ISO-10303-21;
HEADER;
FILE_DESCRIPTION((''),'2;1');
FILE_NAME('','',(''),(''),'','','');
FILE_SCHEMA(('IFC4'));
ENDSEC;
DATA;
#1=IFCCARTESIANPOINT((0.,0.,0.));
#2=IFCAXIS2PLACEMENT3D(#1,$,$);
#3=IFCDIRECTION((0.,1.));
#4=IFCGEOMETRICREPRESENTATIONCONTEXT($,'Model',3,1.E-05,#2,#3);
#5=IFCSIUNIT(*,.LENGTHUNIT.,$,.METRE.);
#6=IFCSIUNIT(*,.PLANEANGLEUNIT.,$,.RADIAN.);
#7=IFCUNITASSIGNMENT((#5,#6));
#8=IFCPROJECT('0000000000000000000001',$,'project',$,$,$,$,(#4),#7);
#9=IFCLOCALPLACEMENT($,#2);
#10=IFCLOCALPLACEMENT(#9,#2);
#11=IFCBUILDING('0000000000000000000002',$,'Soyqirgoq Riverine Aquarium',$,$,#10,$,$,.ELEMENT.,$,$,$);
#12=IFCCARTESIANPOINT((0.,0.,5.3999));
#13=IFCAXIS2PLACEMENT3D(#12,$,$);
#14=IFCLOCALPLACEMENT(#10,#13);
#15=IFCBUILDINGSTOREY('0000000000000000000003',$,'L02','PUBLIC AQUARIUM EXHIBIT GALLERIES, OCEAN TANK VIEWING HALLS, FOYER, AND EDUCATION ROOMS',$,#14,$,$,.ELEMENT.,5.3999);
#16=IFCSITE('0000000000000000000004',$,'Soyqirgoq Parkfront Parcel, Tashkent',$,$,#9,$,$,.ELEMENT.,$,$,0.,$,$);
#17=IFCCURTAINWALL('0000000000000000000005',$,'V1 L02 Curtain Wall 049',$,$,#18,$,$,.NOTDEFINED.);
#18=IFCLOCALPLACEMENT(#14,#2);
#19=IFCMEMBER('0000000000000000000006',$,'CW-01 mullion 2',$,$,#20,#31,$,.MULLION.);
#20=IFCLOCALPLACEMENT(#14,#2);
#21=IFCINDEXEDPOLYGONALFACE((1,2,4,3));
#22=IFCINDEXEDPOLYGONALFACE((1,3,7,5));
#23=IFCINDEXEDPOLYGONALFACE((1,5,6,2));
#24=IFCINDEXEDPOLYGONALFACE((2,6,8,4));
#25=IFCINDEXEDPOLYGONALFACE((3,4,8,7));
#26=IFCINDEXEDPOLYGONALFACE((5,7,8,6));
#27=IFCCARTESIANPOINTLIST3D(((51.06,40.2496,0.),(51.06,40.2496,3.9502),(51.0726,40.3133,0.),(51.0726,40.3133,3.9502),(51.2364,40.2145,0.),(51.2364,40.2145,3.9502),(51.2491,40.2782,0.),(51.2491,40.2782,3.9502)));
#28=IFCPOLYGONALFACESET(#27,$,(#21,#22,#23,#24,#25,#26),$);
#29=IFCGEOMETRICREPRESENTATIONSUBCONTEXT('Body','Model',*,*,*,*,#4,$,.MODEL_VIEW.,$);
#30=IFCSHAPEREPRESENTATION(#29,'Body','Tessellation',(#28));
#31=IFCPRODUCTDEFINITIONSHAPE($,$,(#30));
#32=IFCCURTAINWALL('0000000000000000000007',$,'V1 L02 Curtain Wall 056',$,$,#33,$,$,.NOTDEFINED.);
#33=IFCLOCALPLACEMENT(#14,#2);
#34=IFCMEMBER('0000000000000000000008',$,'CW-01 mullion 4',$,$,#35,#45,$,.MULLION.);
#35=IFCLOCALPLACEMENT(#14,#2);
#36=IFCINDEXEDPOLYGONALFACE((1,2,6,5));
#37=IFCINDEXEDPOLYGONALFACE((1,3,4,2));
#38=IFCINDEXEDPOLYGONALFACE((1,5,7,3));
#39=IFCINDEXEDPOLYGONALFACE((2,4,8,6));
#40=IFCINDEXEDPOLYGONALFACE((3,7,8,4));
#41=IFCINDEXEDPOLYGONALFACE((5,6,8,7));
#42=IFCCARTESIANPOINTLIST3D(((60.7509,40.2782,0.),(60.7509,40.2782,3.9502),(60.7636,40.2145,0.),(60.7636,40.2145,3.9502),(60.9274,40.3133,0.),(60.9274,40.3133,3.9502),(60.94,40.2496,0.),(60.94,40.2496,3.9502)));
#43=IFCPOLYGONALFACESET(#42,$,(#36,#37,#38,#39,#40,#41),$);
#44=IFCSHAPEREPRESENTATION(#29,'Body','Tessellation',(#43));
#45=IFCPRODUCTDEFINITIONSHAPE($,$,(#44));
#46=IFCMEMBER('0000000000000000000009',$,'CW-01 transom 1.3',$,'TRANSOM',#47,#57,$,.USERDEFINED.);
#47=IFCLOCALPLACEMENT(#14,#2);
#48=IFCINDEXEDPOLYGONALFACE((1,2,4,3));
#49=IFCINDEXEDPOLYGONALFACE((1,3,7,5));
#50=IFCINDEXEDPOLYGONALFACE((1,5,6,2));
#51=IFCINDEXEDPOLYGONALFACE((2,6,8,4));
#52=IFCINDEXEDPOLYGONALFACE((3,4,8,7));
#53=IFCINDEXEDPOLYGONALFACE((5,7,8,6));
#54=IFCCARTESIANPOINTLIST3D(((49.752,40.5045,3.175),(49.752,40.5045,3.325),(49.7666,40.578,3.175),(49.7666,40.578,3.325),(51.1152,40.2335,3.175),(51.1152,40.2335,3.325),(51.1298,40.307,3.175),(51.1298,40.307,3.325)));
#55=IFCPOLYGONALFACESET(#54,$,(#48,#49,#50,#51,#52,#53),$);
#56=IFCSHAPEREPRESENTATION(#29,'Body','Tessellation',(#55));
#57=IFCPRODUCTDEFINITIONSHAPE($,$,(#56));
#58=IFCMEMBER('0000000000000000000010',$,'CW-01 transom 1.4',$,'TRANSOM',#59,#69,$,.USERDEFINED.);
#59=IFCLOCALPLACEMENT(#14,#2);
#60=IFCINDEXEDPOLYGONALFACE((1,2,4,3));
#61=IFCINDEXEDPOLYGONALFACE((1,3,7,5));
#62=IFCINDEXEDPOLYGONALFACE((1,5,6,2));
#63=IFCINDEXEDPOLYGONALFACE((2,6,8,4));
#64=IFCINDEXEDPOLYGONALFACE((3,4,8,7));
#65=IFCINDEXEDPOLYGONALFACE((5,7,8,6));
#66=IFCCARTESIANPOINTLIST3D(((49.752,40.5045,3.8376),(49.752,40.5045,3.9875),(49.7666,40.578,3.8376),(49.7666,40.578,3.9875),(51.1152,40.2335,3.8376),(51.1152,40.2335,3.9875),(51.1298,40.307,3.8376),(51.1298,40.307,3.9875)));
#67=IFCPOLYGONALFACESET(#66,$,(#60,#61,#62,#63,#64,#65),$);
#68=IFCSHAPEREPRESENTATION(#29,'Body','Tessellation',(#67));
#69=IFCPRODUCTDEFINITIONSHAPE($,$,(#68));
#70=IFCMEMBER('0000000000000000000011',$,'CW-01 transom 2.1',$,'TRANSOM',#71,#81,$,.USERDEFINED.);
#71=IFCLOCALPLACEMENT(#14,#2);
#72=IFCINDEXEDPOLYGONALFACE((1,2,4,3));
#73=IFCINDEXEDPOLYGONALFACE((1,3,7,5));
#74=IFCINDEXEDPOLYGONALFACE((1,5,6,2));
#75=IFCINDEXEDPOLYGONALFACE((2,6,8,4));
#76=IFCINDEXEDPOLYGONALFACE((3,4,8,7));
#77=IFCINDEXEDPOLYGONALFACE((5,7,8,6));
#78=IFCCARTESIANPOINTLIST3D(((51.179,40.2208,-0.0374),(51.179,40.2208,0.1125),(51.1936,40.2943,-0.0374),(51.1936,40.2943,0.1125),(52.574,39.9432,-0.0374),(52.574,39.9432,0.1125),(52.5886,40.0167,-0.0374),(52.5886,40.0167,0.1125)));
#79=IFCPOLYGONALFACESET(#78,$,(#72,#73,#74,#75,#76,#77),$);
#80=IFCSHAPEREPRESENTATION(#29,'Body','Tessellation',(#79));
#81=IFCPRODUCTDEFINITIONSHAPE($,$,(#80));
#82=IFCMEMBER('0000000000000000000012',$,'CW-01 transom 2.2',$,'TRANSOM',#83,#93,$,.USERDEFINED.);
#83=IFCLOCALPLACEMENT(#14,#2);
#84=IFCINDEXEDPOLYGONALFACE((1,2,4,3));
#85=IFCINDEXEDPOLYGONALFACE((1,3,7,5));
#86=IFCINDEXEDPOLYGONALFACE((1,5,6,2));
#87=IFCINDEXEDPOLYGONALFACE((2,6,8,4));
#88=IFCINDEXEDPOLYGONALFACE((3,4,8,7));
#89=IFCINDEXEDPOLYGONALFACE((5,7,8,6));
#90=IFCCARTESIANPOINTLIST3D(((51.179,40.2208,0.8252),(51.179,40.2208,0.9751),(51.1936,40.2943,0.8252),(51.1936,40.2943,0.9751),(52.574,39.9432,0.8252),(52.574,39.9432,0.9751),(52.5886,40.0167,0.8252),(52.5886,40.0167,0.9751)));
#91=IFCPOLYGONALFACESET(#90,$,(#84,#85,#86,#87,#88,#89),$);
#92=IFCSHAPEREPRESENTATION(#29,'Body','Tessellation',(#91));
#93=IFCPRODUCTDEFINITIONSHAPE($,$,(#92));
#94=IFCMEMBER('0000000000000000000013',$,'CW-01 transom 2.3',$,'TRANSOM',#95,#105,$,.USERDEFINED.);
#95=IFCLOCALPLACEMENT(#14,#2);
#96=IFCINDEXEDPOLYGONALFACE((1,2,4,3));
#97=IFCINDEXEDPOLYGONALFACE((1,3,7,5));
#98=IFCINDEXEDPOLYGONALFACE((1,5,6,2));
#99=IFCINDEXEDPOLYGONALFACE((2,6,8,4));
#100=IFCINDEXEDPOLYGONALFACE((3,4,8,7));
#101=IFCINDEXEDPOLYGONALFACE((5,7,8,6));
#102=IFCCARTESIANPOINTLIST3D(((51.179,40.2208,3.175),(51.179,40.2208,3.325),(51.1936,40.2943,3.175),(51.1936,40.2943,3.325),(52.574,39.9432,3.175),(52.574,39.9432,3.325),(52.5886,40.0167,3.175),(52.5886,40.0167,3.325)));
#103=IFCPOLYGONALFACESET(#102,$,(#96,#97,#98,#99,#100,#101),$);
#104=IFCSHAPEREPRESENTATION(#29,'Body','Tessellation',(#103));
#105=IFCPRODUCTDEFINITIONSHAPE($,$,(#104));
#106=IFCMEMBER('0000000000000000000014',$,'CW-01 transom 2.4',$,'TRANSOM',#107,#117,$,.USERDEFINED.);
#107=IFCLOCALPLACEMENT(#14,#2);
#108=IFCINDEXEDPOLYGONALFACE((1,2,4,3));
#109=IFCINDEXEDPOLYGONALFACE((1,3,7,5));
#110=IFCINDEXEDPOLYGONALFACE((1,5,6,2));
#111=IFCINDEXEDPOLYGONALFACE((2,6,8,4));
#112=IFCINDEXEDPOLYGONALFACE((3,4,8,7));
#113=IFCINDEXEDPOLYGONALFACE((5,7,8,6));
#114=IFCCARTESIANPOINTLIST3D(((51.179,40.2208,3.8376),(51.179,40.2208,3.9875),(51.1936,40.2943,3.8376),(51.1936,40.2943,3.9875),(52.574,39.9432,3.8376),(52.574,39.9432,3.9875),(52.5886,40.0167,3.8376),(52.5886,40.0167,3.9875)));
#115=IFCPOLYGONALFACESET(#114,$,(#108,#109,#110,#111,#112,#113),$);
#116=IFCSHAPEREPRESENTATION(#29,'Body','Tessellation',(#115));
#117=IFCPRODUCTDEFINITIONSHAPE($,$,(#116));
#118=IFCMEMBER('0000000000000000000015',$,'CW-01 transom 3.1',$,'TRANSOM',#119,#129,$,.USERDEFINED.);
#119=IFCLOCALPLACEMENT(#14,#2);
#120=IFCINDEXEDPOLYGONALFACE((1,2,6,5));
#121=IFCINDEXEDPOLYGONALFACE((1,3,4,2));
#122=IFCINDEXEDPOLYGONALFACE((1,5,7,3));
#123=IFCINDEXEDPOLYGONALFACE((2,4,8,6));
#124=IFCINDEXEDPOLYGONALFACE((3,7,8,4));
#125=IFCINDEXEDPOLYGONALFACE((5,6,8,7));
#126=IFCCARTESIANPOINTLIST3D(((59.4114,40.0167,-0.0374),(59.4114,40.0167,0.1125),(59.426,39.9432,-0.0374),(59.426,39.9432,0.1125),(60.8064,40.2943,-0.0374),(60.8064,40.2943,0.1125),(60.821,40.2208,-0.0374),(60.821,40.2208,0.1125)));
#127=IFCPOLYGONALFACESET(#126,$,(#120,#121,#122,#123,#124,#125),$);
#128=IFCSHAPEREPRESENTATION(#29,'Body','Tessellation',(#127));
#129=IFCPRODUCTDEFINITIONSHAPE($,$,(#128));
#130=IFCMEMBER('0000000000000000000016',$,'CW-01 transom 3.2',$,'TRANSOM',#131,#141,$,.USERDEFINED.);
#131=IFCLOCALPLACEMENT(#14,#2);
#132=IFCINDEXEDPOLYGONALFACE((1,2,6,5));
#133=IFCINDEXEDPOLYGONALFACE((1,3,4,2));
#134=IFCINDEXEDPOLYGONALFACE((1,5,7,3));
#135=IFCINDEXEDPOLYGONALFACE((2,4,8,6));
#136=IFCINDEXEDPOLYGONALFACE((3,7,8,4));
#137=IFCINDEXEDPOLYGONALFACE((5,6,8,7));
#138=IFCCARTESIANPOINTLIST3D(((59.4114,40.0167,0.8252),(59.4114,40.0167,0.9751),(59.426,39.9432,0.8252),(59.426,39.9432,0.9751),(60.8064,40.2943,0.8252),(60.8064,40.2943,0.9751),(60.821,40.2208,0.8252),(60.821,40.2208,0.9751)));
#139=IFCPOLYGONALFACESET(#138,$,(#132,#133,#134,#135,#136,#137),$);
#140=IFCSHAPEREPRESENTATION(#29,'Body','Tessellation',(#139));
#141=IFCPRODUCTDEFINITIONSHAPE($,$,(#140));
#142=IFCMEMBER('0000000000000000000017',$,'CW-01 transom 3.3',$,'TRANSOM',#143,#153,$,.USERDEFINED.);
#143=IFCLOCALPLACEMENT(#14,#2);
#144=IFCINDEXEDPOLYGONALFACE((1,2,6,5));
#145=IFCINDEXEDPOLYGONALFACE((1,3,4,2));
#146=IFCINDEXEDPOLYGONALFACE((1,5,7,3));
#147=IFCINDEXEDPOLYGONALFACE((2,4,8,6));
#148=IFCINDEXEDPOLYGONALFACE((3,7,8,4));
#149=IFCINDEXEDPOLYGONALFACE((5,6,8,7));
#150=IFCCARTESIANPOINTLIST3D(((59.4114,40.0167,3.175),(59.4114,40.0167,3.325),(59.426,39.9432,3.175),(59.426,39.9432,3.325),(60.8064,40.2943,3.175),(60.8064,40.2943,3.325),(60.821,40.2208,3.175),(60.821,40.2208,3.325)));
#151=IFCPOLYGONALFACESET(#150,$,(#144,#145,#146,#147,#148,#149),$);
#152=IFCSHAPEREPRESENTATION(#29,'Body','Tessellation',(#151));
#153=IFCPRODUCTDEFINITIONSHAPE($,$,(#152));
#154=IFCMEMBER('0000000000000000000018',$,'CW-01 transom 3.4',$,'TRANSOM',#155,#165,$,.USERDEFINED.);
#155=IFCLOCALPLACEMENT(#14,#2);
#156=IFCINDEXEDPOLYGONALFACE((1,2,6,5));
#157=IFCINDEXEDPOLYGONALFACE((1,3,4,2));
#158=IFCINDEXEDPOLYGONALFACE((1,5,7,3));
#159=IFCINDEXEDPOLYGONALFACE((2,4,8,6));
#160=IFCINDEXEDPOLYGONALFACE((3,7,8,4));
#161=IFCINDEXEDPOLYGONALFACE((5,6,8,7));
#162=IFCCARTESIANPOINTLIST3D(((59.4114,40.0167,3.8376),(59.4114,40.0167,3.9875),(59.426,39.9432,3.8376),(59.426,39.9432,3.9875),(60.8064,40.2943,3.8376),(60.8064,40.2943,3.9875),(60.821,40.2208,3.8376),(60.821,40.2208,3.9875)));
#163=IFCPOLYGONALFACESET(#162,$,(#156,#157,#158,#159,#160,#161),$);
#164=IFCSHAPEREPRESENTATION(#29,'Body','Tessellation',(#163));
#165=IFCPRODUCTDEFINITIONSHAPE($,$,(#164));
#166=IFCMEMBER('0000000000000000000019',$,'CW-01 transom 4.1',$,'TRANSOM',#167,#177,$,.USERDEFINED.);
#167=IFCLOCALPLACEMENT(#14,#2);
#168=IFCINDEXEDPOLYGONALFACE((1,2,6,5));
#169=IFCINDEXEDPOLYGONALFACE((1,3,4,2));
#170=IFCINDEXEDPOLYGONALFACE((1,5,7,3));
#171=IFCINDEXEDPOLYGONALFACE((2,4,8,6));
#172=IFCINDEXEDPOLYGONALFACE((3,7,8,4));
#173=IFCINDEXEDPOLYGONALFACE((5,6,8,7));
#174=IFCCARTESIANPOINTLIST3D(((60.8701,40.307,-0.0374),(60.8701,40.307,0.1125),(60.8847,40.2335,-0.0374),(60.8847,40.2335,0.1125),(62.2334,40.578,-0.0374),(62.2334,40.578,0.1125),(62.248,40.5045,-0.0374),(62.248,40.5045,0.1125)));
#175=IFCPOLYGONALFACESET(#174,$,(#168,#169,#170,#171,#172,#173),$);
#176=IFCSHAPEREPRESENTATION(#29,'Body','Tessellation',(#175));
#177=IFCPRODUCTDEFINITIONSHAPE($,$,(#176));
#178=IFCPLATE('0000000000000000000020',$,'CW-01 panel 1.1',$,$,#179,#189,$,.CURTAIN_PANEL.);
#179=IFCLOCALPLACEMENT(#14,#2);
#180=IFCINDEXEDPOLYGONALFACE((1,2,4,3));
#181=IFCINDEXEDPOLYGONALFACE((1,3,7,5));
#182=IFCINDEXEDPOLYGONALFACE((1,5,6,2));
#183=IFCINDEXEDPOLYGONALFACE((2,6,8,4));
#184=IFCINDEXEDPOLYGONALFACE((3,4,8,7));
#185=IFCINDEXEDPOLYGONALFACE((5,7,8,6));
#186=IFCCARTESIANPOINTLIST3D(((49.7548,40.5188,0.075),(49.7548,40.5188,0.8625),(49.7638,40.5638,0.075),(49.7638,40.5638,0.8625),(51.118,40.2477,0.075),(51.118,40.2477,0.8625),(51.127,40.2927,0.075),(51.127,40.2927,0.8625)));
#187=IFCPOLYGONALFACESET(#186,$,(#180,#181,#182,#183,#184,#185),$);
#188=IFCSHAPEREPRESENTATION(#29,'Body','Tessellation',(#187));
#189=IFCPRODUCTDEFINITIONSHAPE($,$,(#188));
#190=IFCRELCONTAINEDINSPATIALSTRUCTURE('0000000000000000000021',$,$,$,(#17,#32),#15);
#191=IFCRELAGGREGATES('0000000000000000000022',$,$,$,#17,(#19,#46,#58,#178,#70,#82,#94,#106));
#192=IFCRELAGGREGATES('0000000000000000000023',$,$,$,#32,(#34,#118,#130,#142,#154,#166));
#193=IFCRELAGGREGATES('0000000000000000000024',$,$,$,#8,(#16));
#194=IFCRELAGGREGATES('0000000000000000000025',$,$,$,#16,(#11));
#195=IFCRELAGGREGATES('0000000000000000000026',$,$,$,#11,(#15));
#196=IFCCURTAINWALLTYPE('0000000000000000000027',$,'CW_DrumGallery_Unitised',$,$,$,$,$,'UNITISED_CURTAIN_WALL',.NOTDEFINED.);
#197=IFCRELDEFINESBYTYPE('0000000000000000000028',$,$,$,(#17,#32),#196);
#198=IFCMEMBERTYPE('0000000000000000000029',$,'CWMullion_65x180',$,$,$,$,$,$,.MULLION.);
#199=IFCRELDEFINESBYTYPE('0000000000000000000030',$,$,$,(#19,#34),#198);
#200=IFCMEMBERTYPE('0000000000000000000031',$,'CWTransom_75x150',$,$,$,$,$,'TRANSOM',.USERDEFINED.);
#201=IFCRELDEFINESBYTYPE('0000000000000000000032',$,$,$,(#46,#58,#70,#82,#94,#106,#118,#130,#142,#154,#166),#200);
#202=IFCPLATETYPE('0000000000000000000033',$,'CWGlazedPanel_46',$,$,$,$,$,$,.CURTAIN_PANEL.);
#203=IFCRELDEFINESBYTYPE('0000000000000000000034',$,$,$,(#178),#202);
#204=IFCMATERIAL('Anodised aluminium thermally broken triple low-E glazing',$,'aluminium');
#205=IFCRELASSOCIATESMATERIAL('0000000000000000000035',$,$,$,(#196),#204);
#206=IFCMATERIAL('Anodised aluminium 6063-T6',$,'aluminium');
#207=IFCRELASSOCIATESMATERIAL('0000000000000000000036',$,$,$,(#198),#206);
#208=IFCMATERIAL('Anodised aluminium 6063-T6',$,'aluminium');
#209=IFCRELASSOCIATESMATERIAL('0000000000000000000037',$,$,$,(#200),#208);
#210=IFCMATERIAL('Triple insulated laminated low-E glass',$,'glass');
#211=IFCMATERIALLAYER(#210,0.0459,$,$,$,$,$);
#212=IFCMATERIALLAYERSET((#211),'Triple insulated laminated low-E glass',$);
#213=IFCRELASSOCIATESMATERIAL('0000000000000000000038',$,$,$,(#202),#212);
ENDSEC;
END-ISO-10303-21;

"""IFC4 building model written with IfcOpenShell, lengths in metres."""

from ifc_helpers import new_model, si_unit, direction, frame, origin, origin_2d, place, context, subcontext, project, spatial, rectangle, extrude, material, layer, layer_set, material_profile, profile_set, type_object, element, aggregate, save


model = new_model("IFC4")

# Units and contexts
model_context = context("Model", 3, precision=1e-05, world=origin(), true_north=direction((0.0, 1.0)))
body_context = subcontext(model_context, "Body", "Model", "MODEL_VIEW")
ifc_project = project(units=[si_unit("LENGTHUNIT", "METRE"), si_unit("PLANEANGLEUNIT", "RADIAN")], contexts=[model_context])

# Site, building, storey
site_placement = place(None, origin())
site = spatial("IfcSite", under=ifc_project, at=site_placement, Name="Soyqirgoq Parkfront Parcel, Tashkent", CompositionType="ELEMENT", RefElevation=0.0)
building_placement = place(site_placement, origin())
building = spatial("IfcBuilding", under=site, at=building_placement, Name="Soyqirgoq Riverine Aquarium", CompositionType="ELEMENT")
storey_placement = place(building_placement, frame((0.0, 0.0, 5.3999)))
storey = spatial("IfcBuildingStorey", under=building, at=storey_placement, Name="L02", Description="PUBLIC AQUARIUM EXHIBIT GALLERIES, OCEAN TANK VIEWING HALLS, FOYER, AND EDUCATION ROOMS", CompositionType="ELEMENT", Elevation=5.3999)

# Curtain walls, members
ifc_material_1 = material(Name="Anodised aluminium thermally broken triple low-E glazing", Category="aluminium")
curtain_wall_type = type_object("IfcCurtainWallType", Name="CW_DrumGallery_Unitised", ElementType="UNITISED_CURTAIN_WALL", PredefinedType="NOTDEFINED", material=ifc_material_1)
curtain_wall_1_placement = place(storey_placement, origin())
curtain_wall_1 = element("IfcCurtainWall", 1, at=curtain_wall_1_placement, inside=storey, type_object=curtain_wall_type, Name="V1 L02 Curtain Wall 049", PredefinedType="NOTDEFINED")
ifc_material_2 = material(Name="Anodised aluminium 6063-T6", Category="aluminium")
ifc_material_profile_1 = material_profile(ifc_material_2, rectangle(XDim=0.0649, YDim=0.1799, at=origin_2d()), Name="ALU-M 65x180")
ifc_profile_set_1 = profile_set([ifc_material_profile_1], Name="Anodised aluminium 6063-T6")
member_type_1 = type_object("IfcMemberType", Name="CWMullion_65x180", PredefinedType="MULLION", material=ifc_profile_set_1)
member_1_placement = place(storey_placement, frame((51.1545, 40.2639, 0.0), z_axis=(0.0, 0.0, 1.0), x_axis=(0.195088, 0.980786, 0.0)))
member_1 = element("IfcMember", 2, at=member_1_placement, type_object=member_type_1, Name="CW-01 mullion 2", PredefinedType="MULLION", context=body_context, shape_type="SweptSolid", body=[
    extrude(rectangle(XDim=0.0649, YDim=0.1799, at=origin_2d()), origin(), (0.0, 0.0, 1.0), 3.9502),
])
curtain_wall_2_placement = place(storey_placement, origin())
curtain_wall_2 = element("IfcCurtainWall", 3, at=curtain_wall_2_placement, inside=storey, type_object=curtain_wall_type, Name="V1 L02 Curtain Wall 056", PredefinedType="NOTDEFINED")
member_2_placement = place(storey_placement, frame((60.8455, 40.2639, 0.0), z_axis=(0.0, 0.0, 1.0), x_axis=(-0.195088, 0.980786, 0.0)))
member_2 = element("IfcMember", 4, at=member_2_placement, type_object=member_type_1, Name="CW-01 mullion 4", PredefinedType="MULLION", context=body_context, shape_type="SweptSolid", body=[
    extrude(rectangle(XDim=0.0649, YDim=0.1799, at=origin_2d()), origin(), (0.0, 0.0, 1.0), 3.9502),
])

# Members
ifc_material_3 = material(Name="Anodised aluminium 6063-T6", Category="aluminium")
ifc_material_profile_2 = material_profile(ifc_material_3, rectangle(XDim=0.075, YDim=0.1499, at=origin_2d()), Name="ALU-T 75x150")
ifc_profile_set_2 = profile_set([ifc_material_profile_2], Name="Anodised aluminium 6063-T6")
member_type_2 = type_object("IfcMemberType", Name="CWTransom_75x150", ElementType="TRANSOM", PredefinedType="USERDEFINED", material=ifc_profile_set_2)
member_3_placement = place(storey_placement, frame((49.7593, 40.5413, 3.25), z_axis=(0.98081, -0.194968, 0.0), x_axis=(0.194968, 0.98081, 0.0)))
member_3 = element("IfcMember", 5, at=member_3_placement, type_object=member_type_2, Name="CW-01 transom 1.3", ObjectType="TRANSOM", PredefinedType="USERDEFINED", context=body_context, shape_type="SweptSolid", body=[
    extrude(rectangle(XDim=0.075, YDim=0.1499, at=origin_2d()), origin(), (0.0, 0.0, 1.0), 1.3899),
])
member_4_placement = place(storey_placement, frame((49.7593, 40.5413, 3.9126), z_axis=(0.98081, -0.194968, 0.0), x_axis=(0.194968, 0.98081, 0.0)))
member_4 = element("IfcMember", 6, at=member_4_placement, type_object=member_type_2, Name="CW-01 transom 1.4", ObjectType="TRANSOM", PredefinedType="USERDEFINED", context=body_context, shape_type="SweptSolid", body=[
    extrude(rectangle(XDim=0.075, YDim=0.1499, at=origin_2d()), origin(), (0.0, 0.0, 1.0), 1.3899),
])
member_5_placement = place(storey_placement, frame((51.1863, 40.2576, 0.0376), z_axis=(0.980772, -0.195159, 0.0), x_axis=(0.195159, 0.980772, 0.0)))
member_5 = element("IfcMember", 7, at=member_5_placement, type_object=member_type_2, Name="CW-01 transom 2.1", ObjectType="TRANSOM", PredefinedType="USERDEFINED", context=body_context, shape_type="SweptSolid", body=[
    extrude(rectangle(XDim=0.075, YDim=0.1499, at=origin_2d()), origin(), (0.0, 0.0, 1.0), 1.4224),
])
member_6_placement = place(storey_placement, frame((51.1863, 40.2576, 0.9001), z_axis=(0.980772, -0.195159, 0.0), x_axis=(0.195159, 0.980772, 0.0)))
member_6 = element("IfcMember", 8, at=member_6_placement, type_object=member_type_2, Name="CW-01 transom 2.2", ObjectType="TRANSOM", PredefinedType="USERDEFINED", context=body_context, shape_type="SweptSolid", body=[
    extrude(rectangle(XDim=0.075, YDim=0.1499, at=origin_2d()), origin(), (0.0, 0.0, 1.0), 1.4224),
])
member_7_placement = place(storey_placement, frame((51.1863, 40.2576, 3.25), z_axis=(0.980772, -0.195159, 0.0), x_axis=(0.195159, 0.980772, 0.0)))
member_7 = element("IfcMember", 9, at=member_7_placement, type_object=member_type_2, Name="CW-01 transom 2.3", ObjectType="TRANSOM", PredefinedType="USERDEFINED", context=body_context, shape_type="SweptSolid", body=[
    extrude(rectangle(XDim=0.075, YDim=0.1499, at=origin_2d()), origin(), (0.0, 0.0, 1.0), 1.4224),
])
member_8_placement = place(storey_placement, frame((51.1863, 40.2576, 3.9126), z_axis=(0.980772, -0.195159, 0.0), x_axis=(0.195159, 0.980772, 0.0)))
member_8 = element("IfcMember", 10, at=member_8_placement, type_object=member_type_2, Name="CW-01 transom 2.4", ObjectType="TRANSOM", PredefinedType="USERDEFINED", context=body_context, shape_type="SweptSolid", body=[
    extrude(rectangle(XDim=0.075, YDim=0.1499, at=origin_2d()), origin(), (0.0, 0.0, 1.0), 1.4224),
])
member_9_placement = place(storey_placement, frame((59.4187, 39.98, 0.0376), z_axis=(0.980772, 0.195159, 0.0), x_axis=(-0.195159, 0.980772, 0.0)))
member_9 = element("IfcMember", 11, at=member_9_placement, type_object=member_type_2, Name="CW-01 transom 3.1", ObjectType="TRANSOM", PredefinedType="USERDEFINED", context=body_context, shape_type="SweptSolid", body=[
    extrude(rectangle(XDim=0.075, YDim=0.1499, at=origin_2d()), origin(), (0.0, 0.0, 1.0), 1.4224),
])
member_10_placement = place(storey_placement, frame((59.4187, 39.98, 0.9001), z_axis=(0.980772, 0.195159, 0.0), x_axis=(-0.195159, 0.980772, 0.0)))
member_10 = element("IfcMember", 12, at=member_10_placement, type_object=member_type_2, Name="CW-01 transom 3.2", ObjectType="TRANSOM", PredefinedType="USERDEFINED", context=body_context, shape_type="SweptSolid", body=[
    extrude(rectangle(XDim=0.075, YDim=0.1499, at=origin_2d()), origin(), (0.0, 0.0, 1.0), 1.4224),
])
member_11_placement = place(storey_placement, frame((59.4187, 39.98, 3.25), z_axis=(0.980772, 0.195159, 0.0), x_axis=(-0.195159, 0.980772, 0.0)))
member_11 = element("IfcMember", 13, at=member_11_placement, type_object=member_type_2, Name="CW-01 transom 3.3", ObjectType="TRANSOM", PredefinedType="USERDEFINED", context=body_context, shape_type="SweptSolid", body=[
    extrude(rectangle(XDim=0.075, YDim=0.1499, at=origin_2d()), origin(), (0.0, 0.0, 1.0), 1.4224),
])
member_12_placement = place(storey_placement, frame((59.4187, 39.98, 3.9126), z_axis=(0.980772, 0.195159, 0.0), x_axis=(-0.195159, 0.980772, 0.0)))
member_12 = element("IfcMember", 14, at=member_12_placement, type_object=member_type_2, Name="CW-01 transom 3.4", ObjectType="TRANSOM", PredefinedType="USERDEFINED", context=body_context, shape_type="SweptSolid", body=[
    extrude(rectangle(XDim=0.075, YDim=0.1499, at=origin_2d()), origin(), (0.0, 0.0, 1.0), 1.4224),
])
member_13_placement = place(storey_placement, frame((60.8774, 40.2703, 0.0376), z_axis=(0.98081, 0.194968, 0.0), x_axis=(-0.194968, 0.98081, 0.0)))
member_13 = element("IfcMember", 15, at=member_13_placement, type_object=member_type_2, Name="CW-01 transom 4.1", ObjectType="TRANSOM", PredefinedType="USERDEFINED", context=body_context, shape_type="SweptSolid", body=[
    extrude(rectangle(XDim=0.075, YDim=0.1499, at=origin_2d()), origin(), (0.0, 0.0, 1.0), 1.3899),
])

# Plate
ifc_material_4 = material(Name="Triple insulated laminated low-E glass", Category="glass")
ifc_layer_1 = layer(ifc_material_4, 0.0459)
ifc_layer_set_1 = layer_set([ifc_layer_1], Name="Triple insulated laminated low-E glass")
plate_type = type_object("IfcPlateType", Name="CWGlazedPanel_46", PredefinedType="CURTAIN_PANEL", material=ifc_layer_set_1)
plate_1_placement = place(storey_placement, frame((50.4409, 40.4058, 0.075), z_axis=(0.0, 0.0, 1.0), x_axis=(0.980786, -0.195088, 0.0)))
plate_1 = element("IfcPlate", 16, at=plate_1_placement, type_object=plate_type, Name="CW-01 panel 1.1", PredefinedType="CURTAIN_PANEL", context=body_context, shape_type="SweptSolid", body=[
    extrude(rectangle(XDim=1.3899, YDim=0.0459, at=origin_2d()), origin(), (0.0, 0.0, 1.0), 0.7876),
])
aggregate(curtain_wall_1, [member_1, member_3, member_4, plate_1, member_5, member_6, member_7, member_8])
aggregate(curtain_wall_2, [member_2, member_9, member_10, member_11, member_12, member_13])

save(model, "model.ifc")
